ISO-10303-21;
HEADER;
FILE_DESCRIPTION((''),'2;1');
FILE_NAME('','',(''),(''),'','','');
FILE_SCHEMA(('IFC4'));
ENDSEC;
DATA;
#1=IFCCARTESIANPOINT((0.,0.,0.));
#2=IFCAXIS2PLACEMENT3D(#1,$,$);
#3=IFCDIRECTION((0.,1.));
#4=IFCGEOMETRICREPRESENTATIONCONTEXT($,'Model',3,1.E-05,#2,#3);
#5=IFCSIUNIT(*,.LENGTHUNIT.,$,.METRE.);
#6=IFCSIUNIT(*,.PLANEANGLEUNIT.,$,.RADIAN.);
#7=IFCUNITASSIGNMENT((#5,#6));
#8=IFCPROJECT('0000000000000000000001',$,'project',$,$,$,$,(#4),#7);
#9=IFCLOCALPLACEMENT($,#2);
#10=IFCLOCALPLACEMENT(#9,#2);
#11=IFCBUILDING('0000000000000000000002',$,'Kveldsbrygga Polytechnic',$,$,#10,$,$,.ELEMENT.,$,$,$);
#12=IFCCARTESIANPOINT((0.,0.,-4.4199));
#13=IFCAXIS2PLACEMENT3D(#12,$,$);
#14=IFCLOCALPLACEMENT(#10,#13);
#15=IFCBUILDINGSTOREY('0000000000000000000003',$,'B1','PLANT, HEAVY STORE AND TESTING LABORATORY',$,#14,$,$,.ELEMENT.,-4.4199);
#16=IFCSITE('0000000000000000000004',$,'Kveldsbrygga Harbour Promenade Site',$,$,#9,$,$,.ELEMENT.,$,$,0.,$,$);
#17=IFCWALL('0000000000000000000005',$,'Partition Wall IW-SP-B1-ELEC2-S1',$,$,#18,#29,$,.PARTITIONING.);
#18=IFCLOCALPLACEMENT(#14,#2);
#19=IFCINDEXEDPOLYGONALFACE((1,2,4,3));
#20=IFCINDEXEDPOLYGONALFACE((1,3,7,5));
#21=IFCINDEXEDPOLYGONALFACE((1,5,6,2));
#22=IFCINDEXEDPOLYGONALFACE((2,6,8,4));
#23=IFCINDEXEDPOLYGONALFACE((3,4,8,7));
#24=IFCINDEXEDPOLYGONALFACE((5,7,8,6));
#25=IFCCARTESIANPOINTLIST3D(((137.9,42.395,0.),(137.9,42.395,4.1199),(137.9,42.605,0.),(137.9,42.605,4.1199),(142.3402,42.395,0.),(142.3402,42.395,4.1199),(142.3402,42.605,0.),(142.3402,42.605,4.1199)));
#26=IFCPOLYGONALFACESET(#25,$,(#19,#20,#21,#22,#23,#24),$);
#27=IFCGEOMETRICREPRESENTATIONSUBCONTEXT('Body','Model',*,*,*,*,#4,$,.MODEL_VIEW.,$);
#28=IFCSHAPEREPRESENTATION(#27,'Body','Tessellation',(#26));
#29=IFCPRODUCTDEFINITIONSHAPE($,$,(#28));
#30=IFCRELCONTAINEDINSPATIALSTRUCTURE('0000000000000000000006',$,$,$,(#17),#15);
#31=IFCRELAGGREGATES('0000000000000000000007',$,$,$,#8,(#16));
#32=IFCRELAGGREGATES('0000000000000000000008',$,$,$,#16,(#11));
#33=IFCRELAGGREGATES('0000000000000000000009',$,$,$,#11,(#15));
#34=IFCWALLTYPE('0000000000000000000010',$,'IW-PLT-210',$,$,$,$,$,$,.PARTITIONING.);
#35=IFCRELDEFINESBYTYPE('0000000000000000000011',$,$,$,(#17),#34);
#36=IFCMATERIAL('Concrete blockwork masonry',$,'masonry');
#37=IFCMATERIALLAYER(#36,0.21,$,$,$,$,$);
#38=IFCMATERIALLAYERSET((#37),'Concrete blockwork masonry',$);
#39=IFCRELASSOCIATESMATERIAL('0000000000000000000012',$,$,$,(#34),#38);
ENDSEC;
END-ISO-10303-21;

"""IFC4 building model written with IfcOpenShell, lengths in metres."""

from ifc_helpers import new_model, si_unit, direction, frame, frame_2d, origin, place, context, subcontext, project, spatial, rectangle, extrude, material, layer, layer_set, type_object, element, save


model = new_model("IFC4")

# Units and contexts
model_context = context("Model", 3, precision=1e-05, world=origin(), true_north=direction((0.0, 1.0)))
body_context = subcontext(model_context, "Body", "Model", "MODEL_VIEW")
ifc_project = project(units=[si_unit("LENGTHUNIT", "METRE"), si_unit("PLANEANGLEUNIT", "RADIAN")], contexts=[model_context])

# Site, building, storey
site_placement = place(None, origin())
site = spatial("IfcSite", under=ifc_project, at=site_placement, Name="Kveldsbrygga Harbour Promenade Site", CompositionType="ELEMENT", RefElevation=0.0)
building_placement = place(site_placement, origin())
building = spatial("IfcBuilding", under=site, at=building_placement, Name="Kveldsbrygga Polytechnic", CompositionType="ELEMENT")
storey_placement = place(building_placement, frame((0.0, 0.0, -4.4199)))
storey = spatial("IfcBuildingStorey", under=building, at=storey_placement, Name="B1", Description="PLANT, HEAVY STORE AND TESTING LABORATORY", CompositionType="ELEMENT", Elevation=-4.4199)

# Wall
ifc_material_1 = material(Name="Concrete blockwork masonry", Category="masonry")
ifc_layer_1 = layer(ifc_material_1, 0.21)
ifc_layer_set_1 = layer_set([ifc_layer_1], Name="Concrete blockwork masonry")
wall_type_1 = type_object("IfcWallType", Name="IW-PLT-210", PredefinedType="PARTITIONING", material=ifc_layer_set_1)
wall_1_placement = place(storey_placement, frame((137.8999, 42.5, 0.0), z_axis=(0.0, 0.0, 1.0), x_axis=(1.0, 0.0, 0.0)))
element("IfcWall", 1, at=wall_1_placement, inside=storey, type_object=wall_type_1, Name="Partition Wall IW-SP-B1-ELEC2-S1", PredefinedType="PARTITIONING", context=body_context, shape_type="SweptSolid", body=[
    extrude(rectangle(XDim=4.4402, YDim=0.21, at=frame_2d((2.2202, 0.0))), origin(), (0.0, 0.0, 1.0), 4.1199),
])

save(model, "model.ifc")
